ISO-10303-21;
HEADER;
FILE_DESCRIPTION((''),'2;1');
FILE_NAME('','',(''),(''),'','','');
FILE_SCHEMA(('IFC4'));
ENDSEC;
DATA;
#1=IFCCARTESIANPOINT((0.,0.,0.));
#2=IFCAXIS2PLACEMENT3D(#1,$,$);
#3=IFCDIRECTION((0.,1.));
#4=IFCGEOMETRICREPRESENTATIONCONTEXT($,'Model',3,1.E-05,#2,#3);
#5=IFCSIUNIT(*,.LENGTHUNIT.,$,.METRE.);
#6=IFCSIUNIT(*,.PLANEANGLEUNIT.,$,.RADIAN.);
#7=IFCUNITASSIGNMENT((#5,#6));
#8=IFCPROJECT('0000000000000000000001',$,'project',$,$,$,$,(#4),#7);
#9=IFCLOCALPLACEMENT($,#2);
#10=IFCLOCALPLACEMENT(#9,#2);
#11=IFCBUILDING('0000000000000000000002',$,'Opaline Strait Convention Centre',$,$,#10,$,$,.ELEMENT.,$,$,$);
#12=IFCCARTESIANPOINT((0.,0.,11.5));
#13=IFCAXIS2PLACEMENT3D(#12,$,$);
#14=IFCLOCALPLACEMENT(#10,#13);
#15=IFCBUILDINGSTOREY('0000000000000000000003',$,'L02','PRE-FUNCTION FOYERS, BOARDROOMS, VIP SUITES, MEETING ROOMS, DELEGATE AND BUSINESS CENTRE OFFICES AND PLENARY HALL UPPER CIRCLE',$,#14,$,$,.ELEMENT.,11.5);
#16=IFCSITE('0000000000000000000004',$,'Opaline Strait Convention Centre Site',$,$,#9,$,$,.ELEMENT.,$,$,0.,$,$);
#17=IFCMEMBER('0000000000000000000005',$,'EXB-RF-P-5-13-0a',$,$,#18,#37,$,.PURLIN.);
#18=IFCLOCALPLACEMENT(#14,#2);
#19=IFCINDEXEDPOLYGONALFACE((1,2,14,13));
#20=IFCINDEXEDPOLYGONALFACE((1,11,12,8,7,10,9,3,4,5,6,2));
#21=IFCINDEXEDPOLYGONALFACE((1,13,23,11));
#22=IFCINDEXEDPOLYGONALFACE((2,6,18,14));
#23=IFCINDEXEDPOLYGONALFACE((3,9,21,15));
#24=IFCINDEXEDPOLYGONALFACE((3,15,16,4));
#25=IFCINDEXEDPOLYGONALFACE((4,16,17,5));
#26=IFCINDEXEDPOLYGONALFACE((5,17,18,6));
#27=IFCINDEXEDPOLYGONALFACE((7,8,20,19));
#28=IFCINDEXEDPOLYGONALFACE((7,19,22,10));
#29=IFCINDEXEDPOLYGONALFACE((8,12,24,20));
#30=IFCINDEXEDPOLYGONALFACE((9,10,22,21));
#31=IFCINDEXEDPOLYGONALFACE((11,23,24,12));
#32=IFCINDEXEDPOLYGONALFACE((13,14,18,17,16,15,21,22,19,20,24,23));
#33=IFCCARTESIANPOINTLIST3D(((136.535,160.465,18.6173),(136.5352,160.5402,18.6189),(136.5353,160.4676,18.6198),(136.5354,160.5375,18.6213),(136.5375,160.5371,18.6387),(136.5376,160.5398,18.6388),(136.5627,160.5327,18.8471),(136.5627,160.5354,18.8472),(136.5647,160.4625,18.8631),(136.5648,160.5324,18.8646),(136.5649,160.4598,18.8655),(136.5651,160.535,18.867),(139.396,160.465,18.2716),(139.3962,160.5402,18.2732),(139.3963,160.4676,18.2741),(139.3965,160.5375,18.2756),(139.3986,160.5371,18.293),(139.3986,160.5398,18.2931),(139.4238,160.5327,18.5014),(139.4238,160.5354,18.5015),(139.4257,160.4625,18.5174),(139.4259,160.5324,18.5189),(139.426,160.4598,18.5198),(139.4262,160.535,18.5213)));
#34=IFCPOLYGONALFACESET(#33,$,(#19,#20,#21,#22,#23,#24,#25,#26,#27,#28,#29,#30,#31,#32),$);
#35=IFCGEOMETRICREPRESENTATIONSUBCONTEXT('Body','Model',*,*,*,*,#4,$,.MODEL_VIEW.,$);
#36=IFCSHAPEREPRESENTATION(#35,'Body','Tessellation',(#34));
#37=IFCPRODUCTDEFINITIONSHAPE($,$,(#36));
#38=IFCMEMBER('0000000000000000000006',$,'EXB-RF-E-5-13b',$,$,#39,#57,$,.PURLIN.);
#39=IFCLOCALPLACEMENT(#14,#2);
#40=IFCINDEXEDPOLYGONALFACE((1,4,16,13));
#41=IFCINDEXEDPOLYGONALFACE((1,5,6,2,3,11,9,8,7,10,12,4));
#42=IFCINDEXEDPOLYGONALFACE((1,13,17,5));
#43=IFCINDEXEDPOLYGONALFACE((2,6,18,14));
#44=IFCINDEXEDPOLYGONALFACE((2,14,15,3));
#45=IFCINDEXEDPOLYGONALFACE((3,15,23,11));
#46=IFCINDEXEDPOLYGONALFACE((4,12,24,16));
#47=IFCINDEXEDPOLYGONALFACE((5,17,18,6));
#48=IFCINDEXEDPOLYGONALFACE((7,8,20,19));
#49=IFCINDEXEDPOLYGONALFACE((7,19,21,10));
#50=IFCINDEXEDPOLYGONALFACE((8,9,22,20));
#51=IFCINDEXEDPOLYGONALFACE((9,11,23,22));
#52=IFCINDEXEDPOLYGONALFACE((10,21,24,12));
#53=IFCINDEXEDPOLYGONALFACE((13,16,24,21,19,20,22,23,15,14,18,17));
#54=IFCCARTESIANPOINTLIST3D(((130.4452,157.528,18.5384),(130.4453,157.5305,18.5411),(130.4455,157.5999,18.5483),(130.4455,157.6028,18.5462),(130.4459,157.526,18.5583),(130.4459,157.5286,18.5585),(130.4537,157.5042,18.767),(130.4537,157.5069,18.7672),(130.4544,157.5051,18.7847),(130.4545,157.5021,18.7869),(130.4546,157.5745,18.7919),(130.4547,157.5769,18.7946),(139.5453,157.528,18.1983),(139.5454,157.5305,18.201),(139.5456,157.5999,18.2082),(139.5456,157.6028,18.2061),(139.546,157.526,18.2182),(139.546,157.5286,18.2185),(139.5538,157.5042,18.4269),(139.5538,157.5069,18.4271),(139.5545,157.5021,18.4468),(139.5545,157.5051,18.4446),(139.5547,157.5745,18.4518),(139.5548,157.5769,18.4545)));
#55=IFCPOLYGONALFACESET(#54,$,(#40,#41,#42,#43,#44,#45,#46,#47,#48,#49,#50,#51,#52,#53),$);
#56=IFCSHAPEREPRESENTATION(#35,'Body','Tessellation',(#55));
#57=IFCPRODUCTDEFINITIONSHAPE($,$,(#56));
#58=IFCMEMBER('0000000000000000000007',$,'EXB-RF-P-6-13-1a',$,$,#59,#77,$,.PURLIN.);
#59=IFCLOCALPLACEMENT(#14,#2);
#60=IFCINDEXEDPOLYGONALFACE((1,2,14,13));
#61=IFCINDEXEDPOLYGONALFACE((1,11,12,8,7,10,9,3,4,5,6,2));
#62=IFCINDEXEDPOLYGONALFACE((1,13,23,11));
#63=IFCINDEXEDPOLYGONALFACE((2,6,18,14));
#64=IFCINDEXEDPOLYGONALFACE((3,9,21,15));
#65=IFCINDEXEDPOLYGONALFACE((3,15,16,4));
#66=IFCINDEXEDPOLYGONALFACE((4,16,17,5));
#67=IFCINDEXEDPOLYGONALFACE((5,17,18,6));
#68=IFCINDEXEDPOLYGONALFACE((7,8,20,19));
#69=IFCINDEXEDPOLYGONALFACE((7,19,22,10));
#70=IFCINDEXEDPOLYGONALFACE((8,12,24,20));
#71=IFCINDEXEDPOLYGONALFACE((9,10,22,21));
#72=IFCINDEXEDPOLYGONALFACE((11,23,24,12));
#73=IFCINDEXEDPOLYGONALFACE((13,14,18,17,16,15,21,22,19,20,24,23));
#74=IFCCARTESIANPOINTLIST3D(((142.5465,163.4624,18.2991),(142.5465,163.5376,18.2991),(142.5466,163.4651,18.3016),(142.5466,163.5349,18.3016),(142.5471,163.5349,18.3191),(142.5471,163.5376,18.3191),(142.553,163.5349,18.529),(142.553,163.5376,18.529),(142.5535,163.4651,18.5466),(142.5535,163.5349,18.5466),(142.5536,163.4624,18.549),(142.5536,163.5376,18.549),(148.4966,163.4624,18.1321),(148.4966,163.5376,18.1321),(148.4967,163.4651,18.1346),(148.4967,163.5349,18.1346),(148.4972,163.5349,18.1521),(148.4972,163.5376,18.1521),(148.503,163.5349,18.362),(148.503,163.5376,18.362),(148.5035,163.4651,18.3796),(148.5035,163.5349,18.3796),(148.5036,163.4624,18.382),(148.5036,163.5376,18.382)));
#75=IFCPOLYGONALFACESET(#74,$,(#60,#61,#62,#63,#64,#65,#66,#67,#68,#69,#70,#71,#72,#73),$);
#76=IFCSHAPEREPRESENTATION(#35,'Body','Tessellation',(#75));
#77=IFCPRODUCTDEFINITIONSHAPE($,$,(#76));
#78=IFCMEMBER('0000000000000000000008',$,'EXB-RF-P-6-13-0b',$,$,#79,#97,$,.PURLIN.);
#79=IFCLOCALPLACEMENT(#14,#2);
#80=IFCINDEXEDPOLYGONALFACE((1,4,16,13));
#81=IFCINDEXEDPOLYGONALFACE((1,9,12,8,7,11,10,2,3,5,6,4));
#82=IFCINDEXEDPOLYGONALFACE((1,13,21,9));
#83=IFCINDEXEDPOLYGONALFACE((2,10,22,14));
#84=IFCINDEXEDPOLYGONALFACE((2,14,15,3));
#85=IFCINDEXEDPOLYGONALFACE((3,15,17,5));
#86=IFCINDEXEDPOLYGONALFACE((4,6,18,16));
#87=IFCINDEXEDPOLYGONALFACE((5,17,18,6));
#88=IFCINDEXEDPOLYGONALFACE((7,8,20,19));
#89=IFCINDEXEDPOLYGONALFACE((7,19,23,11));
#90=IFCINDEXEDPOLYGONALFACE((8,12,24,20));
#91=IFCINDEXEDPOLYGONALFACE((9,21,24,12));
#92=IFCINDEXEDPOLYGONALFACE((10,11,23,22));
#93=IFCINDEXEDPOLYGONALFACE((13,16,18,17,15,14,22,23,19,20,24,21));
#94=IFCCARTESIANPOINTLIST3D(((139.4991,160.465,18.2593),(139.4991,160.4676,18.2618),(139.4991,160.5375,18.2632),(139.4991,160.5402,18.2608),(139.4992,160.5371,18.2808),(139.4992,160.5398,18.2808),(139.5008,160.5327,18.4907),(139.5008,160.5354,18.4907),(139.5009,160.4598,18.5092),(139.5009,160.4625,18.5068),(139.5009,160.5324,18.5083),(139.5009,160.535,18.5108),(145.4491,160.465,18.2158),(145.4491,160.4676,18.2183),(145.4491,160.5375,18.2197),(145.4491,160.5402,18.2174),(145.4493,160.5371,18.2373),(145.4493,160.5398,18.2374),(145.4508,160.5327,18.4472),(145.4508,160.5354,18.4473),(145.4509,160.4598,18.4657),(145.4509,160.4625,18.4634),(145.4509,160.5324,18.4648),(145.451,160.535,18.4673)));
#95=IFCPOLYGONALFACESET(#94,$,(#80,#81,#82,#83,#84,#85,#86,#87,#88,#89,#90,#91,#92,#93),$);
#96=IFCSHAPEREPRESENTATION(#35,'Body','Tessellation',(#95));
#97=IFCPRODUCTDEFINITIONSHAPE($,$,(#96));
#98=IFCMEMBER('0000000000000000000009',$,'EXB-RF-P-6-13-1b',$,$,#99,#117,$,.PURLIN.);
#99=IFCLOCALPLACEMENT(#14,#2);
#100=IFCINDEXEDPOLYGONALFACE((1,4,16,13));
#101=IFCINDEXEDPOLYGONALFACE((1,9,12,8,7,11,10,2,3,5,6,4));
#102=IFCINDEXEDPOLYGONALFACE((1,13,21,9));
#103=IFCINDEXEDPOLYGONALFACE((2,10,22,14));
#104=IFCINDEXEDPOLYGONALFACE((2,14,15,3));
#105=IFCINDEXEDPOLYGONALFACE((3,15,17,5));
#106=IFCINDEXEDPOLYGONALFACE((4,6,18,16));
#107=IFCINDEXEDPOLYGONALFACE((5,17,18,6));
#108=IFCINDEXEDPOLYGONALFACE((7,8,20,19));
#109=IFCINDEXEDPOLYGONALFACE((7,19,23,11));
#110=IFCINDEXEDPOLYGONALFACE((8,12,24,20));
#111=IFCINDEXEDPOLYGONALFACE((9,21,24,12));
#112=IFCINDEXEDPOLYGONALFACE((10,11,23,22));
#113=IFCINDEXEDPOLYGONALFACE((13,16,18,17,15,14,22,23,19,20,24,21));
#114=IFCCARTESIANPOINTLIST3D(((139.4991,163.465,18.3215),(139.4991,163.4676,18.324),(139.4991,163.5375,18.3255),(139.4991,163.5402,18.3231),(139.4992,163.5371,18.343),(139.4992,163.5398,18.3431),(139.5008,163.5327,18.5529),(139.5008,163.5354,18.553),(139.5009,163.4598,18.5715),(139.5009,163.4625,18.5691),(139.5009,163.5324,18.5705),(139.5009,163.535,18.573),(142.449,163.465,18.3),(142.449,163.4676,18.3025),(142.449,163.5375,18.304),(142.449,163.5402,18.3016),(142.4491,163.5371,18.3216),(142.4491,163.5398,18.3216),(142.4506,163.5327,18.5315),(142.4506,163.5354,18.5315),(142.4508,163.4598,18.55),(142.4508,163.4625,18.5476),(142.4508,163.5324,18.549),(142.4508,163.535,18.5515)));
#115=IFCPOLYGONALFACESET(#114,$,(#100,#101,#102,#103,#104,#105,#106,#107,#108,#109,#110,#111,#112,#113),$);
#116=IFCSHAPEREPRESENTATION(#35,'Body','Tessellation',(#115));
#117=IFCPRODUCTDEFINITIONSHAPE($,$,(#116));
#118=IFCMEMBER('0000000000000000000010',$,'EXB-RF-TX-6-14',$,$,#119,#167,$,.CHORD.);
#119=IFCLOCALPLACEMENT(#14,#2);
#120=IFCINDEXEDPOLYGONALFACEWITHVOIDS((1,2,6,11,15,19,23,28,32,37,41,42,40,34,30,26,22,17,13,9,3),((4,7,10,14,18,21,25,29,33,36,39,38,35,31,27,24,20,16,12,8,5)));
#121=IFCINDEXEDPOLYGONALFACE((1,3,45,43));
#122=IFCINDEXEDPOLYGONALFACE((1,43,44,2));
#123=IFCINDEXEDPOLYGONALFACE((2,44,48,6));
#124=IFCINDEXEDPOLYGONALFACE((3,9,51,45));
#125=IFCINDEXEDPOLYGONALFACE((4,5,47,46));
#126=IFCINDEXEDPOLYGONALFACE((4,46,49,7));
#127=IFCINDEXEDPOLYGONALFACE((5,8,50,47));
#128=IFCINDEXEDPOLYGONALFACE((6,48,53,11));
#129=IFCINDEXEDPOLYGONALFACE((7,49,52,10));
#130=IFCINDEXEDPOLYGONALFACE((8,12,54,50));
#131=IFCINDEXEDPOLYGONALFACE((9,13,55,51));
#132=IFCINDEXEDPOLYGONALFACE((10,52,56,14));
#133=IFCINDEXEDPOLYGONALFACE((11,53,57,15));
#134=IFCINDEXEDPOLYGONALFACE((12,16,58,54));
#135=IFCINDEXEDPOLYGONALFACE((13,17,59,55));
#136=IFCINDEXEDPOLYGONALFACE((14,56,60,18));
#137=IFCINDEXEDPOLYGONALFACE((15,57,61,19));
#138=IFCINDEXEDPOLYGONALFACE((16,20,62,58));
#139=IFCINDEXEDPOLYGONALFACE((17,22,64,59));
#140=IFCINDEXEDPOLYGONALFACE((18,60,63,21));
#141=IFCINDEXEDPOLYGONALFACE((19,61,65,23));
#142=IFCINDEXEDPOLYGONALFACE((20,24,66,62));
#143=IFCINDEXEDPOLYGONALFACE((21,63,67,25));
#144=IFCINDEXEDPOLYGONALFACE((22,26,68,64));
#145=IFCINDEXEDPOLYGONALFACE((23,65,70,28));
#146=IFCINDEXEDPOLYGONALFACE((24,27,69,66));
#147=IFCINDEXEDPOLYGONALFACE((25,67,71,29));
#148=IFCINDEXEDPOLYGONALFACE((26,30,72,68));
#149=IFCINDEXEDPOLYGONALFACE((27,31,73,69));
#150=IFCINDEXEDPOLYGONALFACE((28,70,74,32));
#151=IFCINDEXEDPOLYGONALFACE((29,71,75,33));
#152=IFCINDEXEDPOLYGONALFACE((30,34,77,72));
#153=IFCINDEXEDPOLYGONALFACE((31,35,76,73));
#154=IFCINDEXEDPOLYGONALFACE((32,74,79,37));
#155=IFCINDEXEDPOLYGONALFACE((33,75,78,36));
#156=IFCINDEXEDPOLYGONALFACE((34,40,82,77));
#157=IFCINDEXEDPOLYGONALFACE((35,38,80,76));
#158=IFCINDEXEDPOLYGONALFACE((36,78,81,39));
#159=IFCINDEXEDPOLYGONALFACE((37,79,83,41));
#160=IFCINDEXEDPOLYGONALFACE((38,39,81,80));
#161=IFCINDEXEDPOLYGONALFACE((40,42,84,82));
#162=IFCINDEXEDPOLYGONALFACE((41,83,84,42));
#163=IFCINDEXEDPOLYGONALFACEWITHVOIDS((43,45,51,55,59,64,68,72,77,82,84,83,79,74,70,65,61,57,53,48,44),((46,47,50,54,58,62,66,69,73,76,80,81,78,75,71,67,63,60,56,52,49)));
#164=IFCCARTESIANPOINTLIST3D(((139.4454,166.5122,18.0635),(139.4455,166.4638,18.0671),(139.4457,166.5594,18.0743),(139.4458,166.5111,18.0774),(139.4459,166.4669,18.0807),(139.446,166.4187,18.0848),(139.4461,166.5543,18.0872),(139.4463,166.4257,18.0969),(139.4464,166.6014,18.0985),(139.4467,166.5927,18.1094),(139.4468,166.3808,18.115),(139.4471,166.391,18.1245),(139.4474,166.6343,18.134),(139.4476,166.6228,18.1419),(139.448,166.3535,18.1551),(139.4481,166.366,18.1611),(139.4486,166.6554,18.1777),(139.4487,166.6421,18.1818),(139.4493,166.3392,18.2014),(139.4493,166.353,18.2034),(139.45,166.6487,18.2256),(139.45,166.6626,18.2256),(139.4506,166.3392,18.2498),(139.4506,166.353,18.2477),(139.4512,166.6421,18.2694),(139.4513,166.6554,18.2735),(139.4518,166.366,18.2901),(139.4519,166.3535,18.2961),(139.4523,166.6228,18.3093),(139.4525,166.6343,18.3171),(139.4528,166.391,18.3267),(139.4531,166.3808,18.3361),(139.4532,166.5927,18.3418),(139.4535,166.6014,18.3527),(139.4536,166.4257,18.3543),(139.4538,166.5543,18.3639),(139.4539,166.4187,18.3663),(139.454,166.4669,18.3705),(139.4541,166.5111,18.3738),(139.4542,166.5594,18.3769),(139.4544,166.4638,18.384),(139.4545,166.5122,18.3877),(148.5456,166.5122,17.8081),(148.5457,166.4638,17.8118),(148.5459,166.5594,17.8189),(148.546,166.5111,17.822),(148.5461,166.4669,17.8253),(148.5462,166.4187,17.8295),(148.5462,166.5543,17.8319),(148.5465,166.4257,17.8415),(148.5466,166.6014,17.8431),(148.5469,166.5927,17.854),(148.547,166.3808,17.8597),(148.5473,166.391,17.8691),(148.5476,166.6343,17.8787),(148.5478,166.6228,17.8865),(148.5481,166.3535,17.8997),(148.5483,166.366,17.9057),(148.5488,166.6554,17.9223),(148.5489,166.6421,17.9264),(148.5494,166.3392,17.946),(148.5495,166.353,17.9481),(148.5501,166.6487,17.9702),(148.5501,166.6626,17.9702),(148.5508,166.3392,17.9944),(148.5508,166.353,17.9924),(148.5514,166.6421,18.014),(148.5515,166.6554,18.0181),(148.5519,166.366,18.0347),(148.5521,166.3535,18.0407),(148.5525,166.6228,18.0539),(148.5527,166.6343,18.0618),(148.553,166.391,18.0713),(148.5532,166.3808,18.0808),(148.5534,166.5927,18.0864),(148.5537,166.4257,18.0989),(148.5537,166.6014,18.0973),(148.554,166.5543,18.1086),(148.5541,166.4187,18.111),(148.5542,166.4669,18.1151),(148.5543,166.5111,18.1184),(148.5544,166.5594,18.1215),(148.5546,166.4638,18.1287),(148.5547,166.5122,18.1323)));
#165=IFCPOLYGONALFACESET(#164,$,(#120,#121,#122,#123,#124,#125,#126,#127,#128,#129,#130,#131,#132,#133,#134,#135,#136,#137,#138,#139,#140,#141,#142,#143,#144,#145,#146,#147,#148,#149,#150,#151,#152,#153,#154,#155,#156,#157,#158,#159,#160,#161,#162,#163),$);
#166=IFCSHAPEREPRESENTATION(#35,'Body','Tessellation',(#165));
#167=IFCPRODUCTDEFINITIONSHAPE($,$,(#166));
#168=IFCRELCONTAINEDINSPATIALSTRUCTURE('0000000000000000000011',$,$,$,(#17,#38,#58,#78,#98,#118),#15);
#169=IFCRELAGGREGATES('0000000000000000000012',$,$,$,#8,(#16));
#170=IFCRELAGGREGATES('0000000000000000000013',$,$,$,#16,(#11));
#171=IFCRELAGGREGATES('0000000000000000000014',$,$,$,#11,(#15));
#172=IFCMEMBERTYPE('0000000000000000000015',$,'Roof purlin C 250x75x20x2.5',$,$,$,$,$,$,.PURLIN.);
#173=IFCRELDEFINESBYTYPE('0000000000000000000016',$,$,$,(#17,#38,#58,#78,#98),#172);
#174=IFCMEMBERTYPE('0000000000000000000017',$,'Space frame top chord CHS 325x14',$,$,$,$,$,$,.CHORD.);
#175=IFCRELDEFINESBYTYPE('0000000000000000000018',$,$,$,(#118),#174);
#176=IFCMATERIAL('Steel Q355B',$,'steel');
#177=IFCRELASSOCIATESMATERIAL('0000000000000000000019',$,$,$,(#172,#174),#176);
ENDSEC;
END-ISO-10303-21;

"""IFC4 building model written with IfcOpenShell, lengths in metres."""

from ifc_helpers import new_model, si_unit, direction, frame, origin, origin_2d, place, context, subcontext, project, spatial, polyline, hollow_circle, outline, extrude, material, material_profile, profile_set, type_object, element, save


model = new_model("IFC4")

# Units and contexts
model_context = context("Model", 3, precision=1e-05, world=origin(), true_north=direction((0.0, 1.0)))
body_context = subcontext(model_context, "Body", "Model", "MODEL_VIEW")
ifc_project = project(units=[si_unit("LENGTHUNIT", "METRE"), si_unit("PLANEANGLEUNIT", "RADIAN")], contexts=[model_context])

# Site, building, storey
site_placement = place(None, origin())
site = spatial("IfcSite", under=ifc_project, at=site_placement, Name="Opaline Strait Convention Centre Site", CompositionType="ELEMENT", RefElevation=0.0)
building_placement = place(site_placement, origin())
building = spatial("IfcBuilding", under=site, at=building_placement, Name="Opaline Strait Convention Centre", CompositionType="ELEMENT")
storey_placement = place(building_placement, frame((0.0, 0.0, 11.5)))
storey = spatial("IfcBuildingStorey", under=building, at=storey_placement, Name="L02", Description="PRE-FUNCTION FOYERS, BOARDROOMS, VIP SUITES, MEETING ROOMS, DELEGATE AND BUSINESS CENTRE OFFICES AND PLENARY HALL UPPER CIRCLE", CompositionType="ELEMENT", Elevation=11.5)

# Members
ifc_material = material(Name="Steel Q355B", Category="steel")
ifc_material_profile_1 = material_profile(ifc_material, outline(polyline([(-0.0376, -0.125), (0.0376, -0.125), (0.0376, -0.105), (0.0349, -0.105), (0.0349, -0.1226), (-0.0349, -0.1226), (-0.0349, 0.1226), (0.0349, 0.1226), (0.0349, 0.105), (0.0376, 0.105), (0.0376, 0.125), (-0.0376, 0.125), (-0.0376, -0.125)])), Name="C 250x75x20x2.5")
ifc_profile_set_1 = profile_set([ifc_material_profile_1], Name="Steel Q355B")
member_type_1 = type_object("IfcMemberType", Name="Roof purlin C 250x75x20x2.5", PredefinedType="PURLIN", material=ifc_profile_set_1)
member_1_placement = place(storey_placement, frame((136.55, 160.5, 18.7422), z_axis=(0.992779, 0.0, -0.119957), x_axis=(0.002495, 0.999784, 0.020649)))
element("IfcMember", 1, at=member_1_placement, inside=storey, type_object=member_type_1, Name="EXB-RF-P-5-13-0a", PredefinedType="PURLIN", context=body_context, shape_type="SweptSolid", body=[
    extrude(outline(polyline([(-0.0376, -0.125), (0.0376, -0.125), (0.0376, -0.105), (0.0349, -0.105), (0.0349, -0.1226), (-0.0349, -0.1226), (-0.0349, 0.1226), (0.0349, 0.1226), (0.0349, 0.105), (0.0376, 0.105), (0.0376, 0.125), (-0.0376, 0.125), (-0.0376, -0.125)])), origin(), (0.0, 0.0, 1.0), 2.8818),
])
member_2_placement = place(storey_placement, frame((139.55, 157.5525, 18.3264), z_axis=(-0.999302, 0.0, 0.037346), x_axis=(-0.003869, -0.99462, -0.103515)))
element("IfcMember", 2, at=member_2_placement, inside=storey, type_object=member_type_1, Name="EXB-RF-E-5-13b", PredefinedType="PURLIN", context=body_context, shape_type="SweptSolid", body=[
    extrude(outline(polyline([(-0.0376, -0.125), (0.0376, -0.125), (0.0376, -0.105), (0.0349, -0.105), (0.0349, -0.1226), (-0.0349, -0.1226), (-0.0349, 0.1226), (0.0349, 0.1226), (0.0349, 0.105), (0.0376, 0.105), (0.0376, 0.125), (-0.0376, 0.125), (-0.0376, -0.125)])), origin(), (0.0, 0.0, 1.0), 9.1064),
])
member_3_placement = place(storey_placement, frame((142.55, 163.5, 18.4241), z_axis=(0.999606, 0.0, -0.028055), x_axis=(0.0, 1.0, 0.0)))
element("IfcMember", 3, at=member_3_placement, inside=storey, type_object=member_type_1, Name="EXB-RF-P-6-13-1a", PredefinedType="PURLIN", context=body_context, shape_type="SweptSolid", body=[
    extrude(outline(polyline([(-0.0376, -0.125), (0.0376, -0.125), (0.0376, -0.105), (0.0349, -0.105), (0.0349, -0.1226), (-0.0349, -0.1226), (-0.0349, 0.1226), (0.0349, 0.1226), (0.0349, 0.105), (0.0376, 0.105), (0.0376, 0.125), (-0.0376, 0.125), (-0.0376, -0.125)])), origin(), (0.0, 0.0, 1.0), 5.9524),
])
member_4_placement = place(storey_placement, frame((139.5, 160.5, 18.385), z_axis=(0.999973, 0.0, -0.007304), x_axis=(0.000152, 0.999784, 0.020799)))
element("IfcMember", 4, at=member_4_placement, inside=storey, type_object=member_type_1, Name="EXB-RF-P-6-13-0b", PredefinedType="PURLIN", context=body_context, shape_type="SweptSolid", body=[
    extrude(outline(polyline([(-0.0376, -0.125), (0.0376, -0.125), (0.0376, -0.105), (0.0349, -0.105), (0.0349, -0.1226), (-0.0349, -0.1226), (-0.0349, 0.1226), (0.0349, 0.1226), (0.0349, 0.105), (0.0376, 0.105), (0.0376, 0.125), (-0.0376, 0.125), (-0.0376, -0.125)])), origin(), (0.0, 0.0, 1.0), 5.9502),
])
member_5_placement = place(storey_placement, frame((139.5, 163.5, 18.4473), z_axis=(0.999973, 0.0, -0.007283), x_axis=(0.000151, 0.999784, 0.020799)))
element("IfcMember", 5, at=member_5_placement, inside=storey, type_object=member_type_1, Name="EXB-RF-P-6-13-1b", PredefinedType="PURLIN", context=body_context, shape_type="SweptSolid", body=[
    extrude(outline(polyline([(-0.0376, -0.125), (0.0376, -0.125), (0.0376, -0.105), (0.0349, -0.105), (0.0349, -0.1226), (-0.0349, -0.1226), (-0.0349, 0.1226), (0.0349, 0.1226), (0.0349, 0.105), (0.0376, 0.105), (0.0376, 0.125), (-0.0376, 0.125), (-0.0376, -0.125)])), origin(), (0.0, 0.0, 1.0), 2.95),
])
ifc_material_profile_2 = material_profile(ifc_material, hollow_circle(Radius=0.1626, WallThickness=0.0139, at=origin_2d()), Name="CHS 325x14")
ifc_profile_set_2 = profile_set([ifc_material_profile_2], Name="Steel Q355B")
member_type_2 = type_object("IfcMemberType", Name="Space frame top chord CHS 325x14", PredefinedType="CHORD", material=ifc_profile_set_2)
member_6_placement = place(storey_placement, frame((139.45, 166.5, 18.2256), z_axis=(0.999606, 0.0, -0.028051), x_axis=(0.0, 1.0, 0.0)))
element("IfcMember", 6, at=member_6_placement, inside=storey, type_object=member_type_2, Name="EXB-RF-TX-6-14", PredefinedType="CHORD", context=body_context, shape_type="SweptSolid", body=[
    extrude(hollow_circle(Radius=0.1626, WallThickness=0.0139, at=origin_2d()), origin(), (0.0, 0.0, 1.0), 9.1038),
])

save(model, "model.ifc")
